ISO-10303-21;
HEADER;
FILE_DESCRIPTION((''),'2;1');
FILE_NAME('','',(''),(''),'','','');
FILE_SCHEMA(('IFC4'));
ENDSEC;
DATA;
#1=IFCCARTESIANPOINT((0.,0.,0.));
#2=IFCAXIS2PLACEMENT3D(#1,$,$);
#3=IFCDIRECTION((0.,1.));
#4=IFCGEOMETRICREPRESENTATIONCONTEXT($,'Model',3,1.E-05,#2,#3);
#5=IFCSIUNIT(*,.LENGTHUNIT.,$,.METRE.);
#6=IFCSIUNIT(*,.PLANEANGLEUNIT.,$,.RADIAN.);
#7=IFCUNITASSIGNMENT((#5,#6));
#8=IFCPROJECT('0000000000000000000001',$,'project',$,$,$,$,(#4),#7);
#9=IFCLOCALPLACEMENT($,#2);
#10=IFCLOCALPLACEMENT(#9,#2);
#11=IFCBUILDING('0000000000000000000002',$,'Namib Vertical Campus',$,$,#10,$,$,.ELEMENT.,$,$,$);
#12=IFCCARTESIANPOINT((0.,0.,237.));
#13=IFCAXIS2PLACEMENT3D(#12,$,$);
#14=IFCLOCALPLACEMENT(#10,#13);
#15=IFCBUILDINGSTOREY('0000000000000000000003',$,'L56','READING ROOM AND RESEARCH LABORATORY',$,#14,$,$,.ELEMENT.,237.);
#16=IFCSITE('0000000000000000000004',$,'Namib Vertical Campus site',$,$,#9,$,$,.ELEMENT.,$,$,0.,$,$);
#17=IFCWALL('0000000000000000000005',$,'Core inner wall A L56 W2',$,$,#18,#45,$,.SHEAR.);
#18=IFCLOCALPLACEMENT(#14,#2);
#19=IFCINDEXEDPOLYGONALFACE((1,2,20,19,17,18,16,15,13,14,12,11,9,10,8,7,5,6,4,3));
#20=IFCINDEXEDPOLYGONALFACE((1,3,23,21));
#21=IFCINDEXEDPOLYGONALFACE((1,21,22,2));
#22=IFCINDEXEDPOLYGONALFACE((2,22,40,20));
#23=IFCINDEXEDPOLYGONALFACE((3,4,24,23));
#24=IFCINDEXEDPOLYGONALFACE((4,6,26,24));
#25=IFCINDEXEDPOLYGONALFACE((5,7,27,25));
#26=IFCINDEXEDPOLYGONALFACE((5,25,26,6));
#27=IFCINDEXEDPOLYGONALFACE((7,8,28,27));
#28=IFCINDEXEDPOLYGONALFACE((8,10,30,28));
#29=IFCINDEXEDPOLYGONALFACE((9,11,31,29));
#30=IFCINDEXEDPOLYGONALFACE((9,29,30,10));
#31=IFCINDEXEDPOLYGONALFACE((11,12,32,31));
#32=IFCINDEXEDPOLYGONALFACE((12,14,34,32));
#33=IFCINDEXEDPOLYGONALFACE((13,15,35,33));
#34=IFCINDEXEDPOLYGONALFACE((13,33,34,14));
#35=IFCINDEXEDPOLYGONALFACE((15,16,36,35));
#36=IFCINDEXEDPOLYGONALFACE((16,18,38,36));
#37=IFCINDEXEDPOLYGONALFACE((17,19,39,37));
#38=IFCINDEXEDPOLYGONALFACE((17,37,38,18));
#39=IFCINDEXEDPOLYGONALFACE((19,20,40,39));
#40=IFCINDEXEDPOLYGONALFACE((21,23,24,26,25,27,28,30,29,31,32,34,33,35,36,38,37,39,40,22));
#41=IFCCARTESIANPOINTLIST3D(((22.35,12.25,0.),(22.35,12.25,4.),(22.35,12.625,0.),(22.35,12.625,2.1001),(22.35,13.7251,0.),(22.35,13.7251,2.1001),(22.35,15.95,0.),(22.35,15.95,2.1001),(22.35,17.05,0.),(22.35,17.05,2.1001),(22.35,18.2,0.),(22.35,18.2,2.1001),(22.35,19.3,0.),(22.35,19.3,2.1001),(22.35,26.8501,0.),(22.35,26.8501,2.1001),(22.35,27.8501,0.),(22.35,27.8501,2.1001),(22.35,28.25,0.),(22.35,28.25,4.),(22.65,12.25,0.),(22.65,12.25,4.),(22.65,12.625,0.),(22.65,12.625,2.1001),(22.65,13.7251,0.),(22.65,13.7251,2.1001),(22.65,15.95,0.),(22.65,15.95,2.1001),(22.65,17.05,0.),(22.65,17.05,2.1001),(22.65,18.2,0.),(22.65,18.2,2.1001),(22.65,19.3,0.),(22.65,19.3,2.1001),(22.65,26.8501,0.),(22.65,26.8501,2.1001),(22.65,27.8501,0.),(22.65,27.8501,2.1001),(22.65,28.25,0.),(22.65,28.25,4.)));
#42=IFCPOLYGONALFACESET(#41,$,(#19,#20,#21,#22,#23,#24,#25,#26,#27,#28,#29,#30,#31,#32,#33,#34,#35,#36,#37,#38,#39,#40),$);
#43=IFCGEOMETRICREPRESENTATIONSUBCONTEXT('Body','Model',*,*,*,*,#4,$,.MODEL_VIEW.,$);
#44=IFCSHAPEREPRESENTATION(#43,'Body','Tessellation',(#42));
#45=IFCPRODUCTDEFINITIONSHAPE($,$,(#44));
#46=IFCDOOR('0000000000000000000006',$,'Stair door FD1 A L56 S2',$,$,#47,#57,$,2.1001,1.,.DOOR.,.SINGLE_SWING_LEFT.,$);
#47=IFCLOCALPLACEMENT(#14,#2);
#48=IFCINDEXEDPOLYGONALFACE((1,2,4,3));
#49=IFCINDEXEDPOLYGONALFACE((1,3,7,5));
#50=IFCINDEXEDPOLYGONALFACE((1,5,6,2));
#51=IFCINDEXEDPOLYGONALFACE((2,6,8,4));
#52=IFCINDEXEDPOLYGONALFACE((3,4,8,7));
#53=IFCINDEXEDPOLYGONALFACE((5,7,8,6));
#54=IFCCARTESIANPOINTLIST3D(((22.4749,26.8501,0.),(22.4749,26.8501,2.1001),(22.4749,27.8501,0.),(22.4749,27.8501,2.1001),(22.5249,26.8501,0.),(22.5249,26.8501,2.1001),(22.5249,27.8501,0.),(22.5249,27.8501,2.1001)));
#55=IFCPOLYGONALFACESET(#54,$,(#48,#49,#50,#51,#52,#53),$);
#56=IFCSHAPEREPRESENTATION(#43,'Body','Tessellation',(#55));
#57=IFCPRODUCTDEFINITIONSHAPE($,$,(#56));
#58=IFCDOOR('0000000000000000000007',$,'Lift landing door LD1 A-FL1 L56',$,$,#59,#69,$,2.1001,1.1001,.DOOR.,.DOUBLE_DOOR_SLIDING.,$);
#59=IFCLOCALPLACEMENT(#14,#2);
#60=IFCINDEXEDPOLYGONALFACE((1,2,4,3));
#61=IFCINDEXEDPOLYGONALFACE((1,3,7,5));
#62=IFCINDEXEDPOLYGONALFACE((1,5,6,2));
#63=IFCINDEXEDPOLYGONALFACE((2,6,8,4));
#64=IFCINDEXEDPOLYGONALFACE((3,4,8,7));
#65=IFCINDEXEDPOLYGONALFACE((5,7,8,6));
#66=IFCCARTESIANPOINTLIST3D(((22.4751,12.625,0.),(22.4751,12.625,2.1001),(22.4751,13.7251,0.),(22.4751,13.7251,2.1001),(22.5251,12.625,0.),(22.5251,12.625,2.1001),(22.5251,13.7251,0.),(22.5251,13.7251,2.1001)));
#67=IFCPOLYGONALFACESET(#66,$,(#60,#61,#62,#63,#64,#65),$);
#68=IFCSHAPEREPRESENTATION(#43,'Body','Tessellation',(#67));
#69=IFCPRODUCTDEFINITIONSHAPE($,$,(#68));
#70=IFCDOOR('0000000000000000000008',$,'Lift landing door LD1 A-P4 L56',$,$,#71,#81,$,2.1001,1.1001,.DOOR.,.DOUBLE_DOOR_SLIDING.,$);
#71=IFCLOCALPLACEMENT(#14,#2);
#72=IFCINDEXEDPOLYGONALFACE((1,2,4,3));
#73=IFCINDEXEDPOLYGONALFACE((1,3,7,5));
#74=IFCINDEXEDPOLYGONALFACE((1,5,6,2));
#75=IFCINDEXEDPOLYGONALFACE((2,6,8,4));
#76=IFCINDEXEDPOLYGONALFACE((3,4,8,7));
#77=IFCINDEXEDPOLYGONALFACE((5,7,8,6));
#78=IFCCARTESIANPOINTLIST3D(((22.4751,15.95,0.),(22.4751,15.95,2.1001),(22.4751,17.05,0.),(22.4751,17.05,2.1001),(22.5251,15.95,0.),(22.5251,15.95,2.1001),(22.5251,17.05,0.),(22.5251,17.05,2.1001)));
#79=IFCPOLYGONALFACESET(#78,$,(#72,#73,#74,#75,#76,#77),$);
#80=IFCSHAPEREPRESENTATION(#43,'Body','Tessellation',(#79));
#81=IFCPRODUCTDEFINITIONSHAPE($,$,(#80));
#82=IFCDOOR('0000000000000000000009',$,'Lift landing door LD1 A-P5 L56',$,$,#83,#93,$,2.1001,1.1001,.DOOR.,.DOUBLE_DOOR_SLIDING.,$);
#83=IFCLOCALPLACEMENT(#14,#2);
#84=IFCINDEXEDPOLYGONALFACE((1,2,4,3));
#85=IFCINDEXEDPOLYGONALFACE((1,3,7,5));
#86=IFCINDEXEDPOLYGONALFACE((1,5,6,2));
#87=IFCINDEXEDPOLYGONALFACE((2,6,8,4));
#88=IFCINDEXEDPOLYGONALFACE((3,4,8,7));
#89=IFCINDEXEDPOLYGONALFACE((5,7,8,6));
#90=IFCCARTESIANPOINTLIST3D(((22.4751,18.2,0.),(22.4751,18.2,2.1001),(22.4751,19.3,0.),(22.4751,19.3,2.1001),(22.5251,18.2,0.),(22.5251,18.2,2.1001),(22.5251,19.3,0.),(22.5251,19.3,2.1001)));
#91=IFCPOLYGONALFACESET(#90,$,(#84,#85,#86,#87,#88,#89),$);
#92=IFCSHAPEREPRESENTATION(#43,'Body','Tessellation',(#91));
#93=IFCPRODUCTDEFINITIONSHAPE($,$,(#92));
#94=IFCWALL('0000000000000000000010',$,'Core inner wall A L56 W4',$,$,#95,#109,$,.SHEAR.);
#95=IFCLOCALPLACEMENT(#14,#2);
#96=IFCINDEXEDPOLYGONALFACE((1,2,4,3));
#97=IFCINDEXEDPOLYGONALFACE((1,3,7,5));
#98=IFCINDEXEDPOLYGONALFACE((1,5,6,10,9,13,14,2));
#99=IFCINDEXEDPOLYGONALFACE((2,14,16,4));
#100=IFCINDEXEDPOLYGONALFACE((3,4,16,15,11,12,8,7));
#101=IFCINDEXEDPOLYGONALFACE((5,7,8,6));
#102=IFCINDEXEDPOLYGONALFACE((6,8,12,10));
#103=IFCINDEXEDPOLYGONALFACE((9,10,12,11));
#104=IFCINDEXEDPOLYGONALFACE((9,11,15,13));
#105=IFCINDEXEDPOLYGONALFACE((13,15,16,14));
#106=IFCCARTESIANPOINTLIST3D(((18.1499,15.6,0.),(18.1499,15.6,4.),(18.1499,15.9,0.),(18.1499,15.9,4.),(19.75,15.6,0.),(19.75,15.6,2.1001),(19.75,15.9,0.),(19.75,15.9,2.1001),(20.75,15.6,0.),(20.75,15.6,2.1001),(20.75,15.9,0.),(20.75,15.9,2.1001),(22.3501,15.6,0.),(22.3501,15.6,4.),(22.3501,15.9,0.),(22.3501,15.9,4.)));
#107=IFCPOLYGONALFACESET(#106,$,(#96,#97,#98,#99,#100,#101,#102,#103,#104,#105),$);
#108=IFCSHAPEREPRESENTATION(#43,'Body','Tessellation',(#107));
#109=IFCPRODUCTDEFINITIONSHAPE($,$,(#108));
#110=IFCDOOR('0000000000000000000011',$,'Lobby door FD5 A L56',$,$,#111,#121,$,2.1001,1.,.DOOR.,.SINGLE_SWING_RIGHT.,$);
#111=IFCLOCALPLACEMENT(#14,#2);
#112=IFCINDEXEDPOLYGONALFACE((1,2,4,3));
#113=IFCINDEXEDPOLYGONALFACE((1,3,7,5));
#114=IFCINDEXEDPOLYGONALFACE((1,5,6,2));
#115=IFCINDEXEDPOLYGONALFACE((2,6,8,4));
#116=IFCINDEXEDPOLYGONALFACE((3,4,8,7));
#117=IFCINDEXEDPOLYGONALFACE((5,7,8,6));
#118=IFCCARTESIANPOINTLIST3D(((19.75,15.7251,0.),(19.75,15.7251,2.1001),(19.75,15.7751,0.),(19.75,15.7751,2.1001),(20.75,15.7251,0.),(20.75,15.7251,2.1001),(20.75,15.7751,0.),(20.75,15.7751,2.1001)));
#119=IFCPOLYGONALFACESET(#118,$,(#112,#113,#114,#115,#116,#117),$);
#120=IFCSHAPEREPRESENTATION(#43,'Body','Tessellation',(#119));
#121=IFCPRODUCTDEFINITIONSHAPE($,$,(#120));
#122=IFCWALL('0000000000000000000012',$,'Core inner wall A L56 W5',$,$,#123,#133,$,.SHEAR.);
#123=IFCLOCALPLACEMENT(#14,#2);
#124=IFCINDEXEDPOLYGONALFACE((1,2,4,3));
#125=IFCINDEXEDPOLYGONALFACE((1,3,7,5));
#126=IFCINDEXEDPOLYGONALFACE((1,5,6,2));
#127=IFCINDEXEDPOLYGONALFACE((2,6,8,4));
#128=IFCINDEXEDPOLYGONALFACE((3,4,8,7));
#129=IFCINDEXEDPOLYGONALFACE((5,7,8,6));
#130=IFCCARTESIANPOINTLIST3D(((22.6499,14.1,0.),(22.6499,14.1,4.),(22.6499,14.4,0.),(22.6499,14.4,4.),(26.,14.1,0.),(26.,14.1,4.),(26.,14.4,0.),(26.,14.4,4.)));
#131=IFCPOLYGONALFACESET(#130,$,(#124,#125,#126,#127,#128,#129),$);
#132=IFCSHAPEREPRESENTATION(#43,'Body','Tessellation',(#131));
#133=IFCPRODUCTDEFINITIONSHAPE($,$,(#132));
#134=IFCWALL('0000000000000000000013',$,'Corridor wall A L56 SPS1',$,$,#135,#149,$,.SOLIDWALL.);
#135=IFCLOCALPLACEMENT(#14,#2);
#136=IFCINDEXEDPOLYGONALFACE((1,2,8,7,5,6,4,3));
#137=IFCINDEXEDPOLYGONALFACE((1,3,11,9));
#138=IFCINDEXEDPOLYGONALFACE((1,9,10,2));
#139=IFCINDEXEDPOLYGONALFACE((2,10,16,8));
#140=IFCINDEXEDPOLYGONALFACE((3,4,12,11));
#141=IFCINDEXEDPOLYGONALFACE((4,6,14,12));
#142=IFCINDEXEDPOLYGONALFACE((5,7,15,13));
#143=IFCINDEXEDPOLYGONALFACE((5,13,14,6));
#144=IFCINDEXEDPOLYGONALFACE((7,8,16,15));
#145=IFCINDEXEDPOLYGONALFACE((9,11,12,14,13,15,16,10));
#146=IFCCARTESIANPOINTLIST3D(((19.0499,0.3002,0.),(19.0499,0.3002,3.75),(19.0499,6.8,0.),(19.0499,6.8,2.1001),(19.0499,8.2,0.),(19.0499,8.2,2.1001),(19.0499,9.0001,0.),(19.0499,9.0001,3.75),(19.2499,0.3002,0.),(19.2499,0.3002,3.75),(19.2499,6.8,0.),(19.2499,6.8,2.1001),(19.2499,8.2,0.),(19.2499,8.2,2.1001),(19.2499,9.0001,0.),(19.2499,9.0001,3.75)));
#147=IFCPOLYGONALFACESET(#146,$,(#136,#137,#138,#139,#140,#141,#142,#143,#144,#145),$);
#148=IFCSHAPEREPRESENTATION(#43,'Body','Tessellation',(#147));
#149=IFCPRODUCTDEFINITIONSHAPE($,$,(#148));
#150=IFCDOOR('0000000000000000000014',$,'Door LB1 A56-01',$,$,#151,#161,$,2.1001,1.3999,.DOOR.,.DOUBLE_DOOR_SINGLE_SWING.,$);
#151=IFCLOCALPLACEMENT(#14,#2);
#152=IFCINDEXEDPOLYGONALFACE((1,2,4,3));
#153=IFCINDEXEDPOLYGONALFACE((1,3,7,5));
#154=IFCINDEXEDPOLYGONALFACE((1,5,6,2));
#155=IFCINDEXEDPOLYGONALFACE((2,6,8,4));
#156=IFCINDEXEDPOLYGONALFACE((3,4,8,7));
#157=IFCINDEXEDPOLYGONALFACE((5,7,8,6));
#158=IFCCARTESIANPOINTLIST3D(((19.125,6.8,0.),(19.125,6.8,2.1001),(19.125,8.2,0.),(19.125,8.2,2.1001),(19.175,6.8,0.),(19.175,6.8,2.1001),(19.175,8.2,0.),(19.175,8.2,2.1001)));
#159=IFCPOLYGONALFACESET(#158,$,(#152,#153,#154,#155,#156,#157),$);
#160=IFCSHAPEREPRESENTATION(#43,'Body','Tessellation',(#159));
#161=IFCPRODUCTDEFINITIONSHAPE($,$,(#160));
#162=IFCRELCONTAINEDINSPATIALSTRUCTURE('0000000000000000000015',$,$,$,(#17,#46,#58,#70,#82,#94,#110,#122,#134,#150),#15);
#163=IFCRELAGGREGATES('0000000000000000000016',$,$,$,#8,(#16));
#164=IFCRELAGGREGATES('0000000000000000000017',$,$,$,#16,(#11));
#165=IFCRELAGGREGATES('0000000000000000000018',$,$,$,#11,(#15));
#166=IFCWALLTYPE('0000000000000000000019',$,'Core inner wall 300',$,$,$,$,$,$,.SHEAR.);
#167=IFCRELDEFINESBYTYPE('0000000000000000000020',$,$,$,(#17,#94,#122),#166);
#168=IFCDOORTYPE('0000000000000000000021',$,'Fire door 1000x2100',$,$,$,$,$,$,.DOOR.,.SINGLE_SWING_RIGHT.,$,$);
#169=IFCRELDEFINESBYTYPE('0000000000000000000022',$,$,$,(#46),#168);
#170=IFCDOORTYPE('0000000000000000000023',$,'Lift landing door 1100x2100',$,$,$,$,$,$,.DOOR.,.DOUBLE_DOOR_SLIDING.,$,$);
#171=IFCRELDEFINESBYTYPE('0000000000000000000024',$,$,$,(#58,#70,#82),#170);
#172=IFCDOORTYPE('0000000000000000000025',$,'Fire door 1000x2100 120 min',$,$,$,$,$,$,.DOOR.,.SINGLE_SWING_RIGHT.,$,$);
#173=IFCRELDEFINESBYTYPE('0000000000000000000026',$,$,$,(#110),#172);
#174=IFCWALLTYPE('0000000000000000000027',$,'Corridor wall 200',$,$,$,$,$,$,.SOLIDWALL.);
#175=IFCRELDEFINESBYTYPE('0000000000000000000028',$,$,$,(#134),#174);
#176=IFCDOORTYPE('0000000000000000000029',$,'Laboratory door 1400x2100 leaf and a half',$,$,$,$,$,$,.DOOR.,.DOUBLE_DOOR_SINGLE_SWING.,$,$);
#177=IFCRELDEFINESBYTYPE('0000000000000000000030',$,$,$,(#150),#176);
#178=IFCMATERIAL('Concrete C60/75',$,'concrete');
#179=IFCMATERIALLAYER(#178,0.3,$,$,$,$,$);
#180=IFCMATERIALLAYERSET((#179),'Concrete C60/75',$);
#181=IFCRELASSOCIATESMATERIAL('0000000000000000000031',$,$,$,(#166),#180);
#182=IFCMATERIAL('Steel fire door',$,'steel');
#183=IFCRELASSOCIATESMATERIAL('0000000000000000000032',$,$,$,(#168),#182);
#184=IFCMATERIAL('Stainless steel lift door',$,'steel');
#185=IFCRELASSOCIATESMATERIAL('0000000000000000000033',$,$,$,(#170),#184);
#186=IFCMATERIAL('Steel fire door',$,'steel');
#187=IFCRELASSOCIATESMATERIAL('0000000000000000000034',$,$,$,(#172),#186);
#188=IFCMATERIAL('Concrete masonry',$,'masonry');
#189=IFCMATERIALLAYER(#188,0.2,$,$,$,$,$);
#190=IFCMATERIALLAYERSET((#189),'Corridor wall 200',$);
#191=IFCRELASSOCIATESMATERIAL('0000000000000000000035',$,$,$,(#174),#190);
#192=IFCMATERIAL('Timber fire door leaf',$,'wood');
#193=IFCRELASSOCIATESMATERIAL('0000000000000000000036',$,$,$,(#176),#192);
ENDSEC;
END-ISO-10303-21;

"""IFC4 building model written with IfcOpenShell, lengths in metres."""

from ifc_helpers import new_model, si_unit, direction, frame, frame_2d, origin, place, context, subcontext, project, spatial, rectangle, extrude, material, layer, layer_set, type_object, element, fill, save


model = new_model("IFC4")

# Units and contexts
model_context = context("Model", 3, precision=1e-05, world=origin(), true_north=direction((0.0, 1.0)))
body_context = subcontext(model_context, "Body", "Model", "MODEL_VIEW")
ifc_project = project(units=[si_unit("LENGTHUNIT", "METRE"), si_unit("PLANEANGLEUNIT", "RADIAN")], contexts=[model_context])

# Site, building, storey
site_placement = place(None, origin())
site = spatial("IfcSite", under=ifc_project, at=site_placement, Name="Namib Vertical Campus site", CompositionType="ELEMENT", RefElevation=0.0)
building_placement = place(site_placement, origin())
building = spatial("IfcBuilding", under=site, at=building_placement, Name="Namib Vertical Campus", CompositionType="ELEMENT")
storey_placement = place(building_placement, frame((0.0, 0.0, 237.0)))
storey = spatial("IfcBuildingStorey", under=building, at=storey_placement, Name="L56", Description="READING ROOM AND RESEARCH LABORATORY", CompositionType="ELEMENT", Elevation=237.0)

# Wall, openings, doors
ifc_material_1 = material(Name="Concrete C60/75", Category="concrete")
ifc_layer_1 = layer(ifc_material_1, 0.3)
ifc_layer_set_1 = layer_set([ifc_layer_1], Name="Concrete C60/75")
wall_type_1 = type_object("IfcWallType", Name="Core inner wall 300", PredefinedType="SHEAR", material=ifc_layer_set_1)
ifc_material_2 = material(Name="Steel fire door", Category="steel")
door_type_1 = type_object("IfcDoorType", Name="Fire door 1000x2100", OperationType="SINGLE_SWING_RIGHT", PredefinedType="DOOR", material=ifc_material_2)
ifc_material_3 = material(Name="Stainless steel lift door", Category="steel")
door_type_2 = type_object("IfcDoorType", Name="Lift landing door 1100x2100", OperationType="DOUBLE_DOOR_SLIDING", PredefinedType="DOOR", material=ifc_material_3)
wall_1_placement = place(storey_placement, frame((22.5, 12.25, 0.0), z_axis=(0.0, 0.0, 1.0), x_axis=(0.0, 1.0, 0.0)))
wall_1 = element("IfcWall", 1, at=wall_1_placement, inside=storey, type_object=wall_type_1, Name="Core inner wall A L56 W2", PredefinedType="SHEAR", context=body_context, shape_type="SweptSolid", body=[
    extrude(rectangle(XDim=16.0, YDim=0.3, at=frame_2d((8.0, 0.0))), origin(), (0.0, 0.0, 1.0), 4.0),
])
opening_1_placement = place(wall_1_placement, frame((14.6001, 0.0, 0.0)))
opening_1 = element("IfcOpeningElement", 2, at=opening_1_placement, cuts=wall_1, PredefinedType="OPENING", context=body_context, shape_type="SweptSolid", body=[
    extrude(rectangle(XDim=1.0, YDim=2.1001, at=frame_2d((0.5, 1.05))), frame((0.0, 0.1599, 0.0), z_axis=(0.0, -1.0, 0.0), x_axis=(1.0, 0.0, 0.0)), (0.0, 0.0, 1.0), 0.3201),
])
opening_2_placement = place(wall_1_placement, frame((0.375, 0.0, 0.0)))
opening_2 = element("IfcOpeningElement", 3, at=opening_2_placement, cuts=wall_1, PredefinedType="OPENING", context=body_context, shape_type="SweptSolid", body=[
    extrude(rectangle(XDim=1.1001, YDim=2.1001, at=frame_2d((0.55, 1.05))), frame((0.0, 0.1599, 0.0), z_axis=(0.0, -1.0, 0.0), x_axis=(1.0, 0.0, 0.0)), (0.0, 0.0, 1.0), 0.3201),
])
opening_3_placement = place(wall_1_placement, frame((3.7, 0.0, 0.0)))
opening_3 = element("IfcOpeningElement", 4, at=opening_3_placement, cuts=wall_1, PredefinedType="OPENING", context=body_context, shape_type="SweptSolid", body=[
    extrude(rectangle(XDim=1.1001, YDim=2.1001, at=frame_2d((0.55, 1.05))), frame((0.0, 0.1599, 0.0), z_axis=(0.0, -1.0, 0.0), x_axis=(1.0, 0.0, 0.0)), (0.0, 0.0, 1.0), 0.3201),
])
opening_4_placement = place(wall_1_placement, frame((5.95, 0.0, 0.0)))
opening_4 = element("IfcOpeningElement", 5, at=opening_4_placement, cuts=wall_1, PredefinedType="OPENING", context=body_context, shape_type="SweptSolid", body=[
    extrude(rectangle(XDim=1.1001, YDim=2.1001, at=frame_2d((0.55, 1.05))), frame((0.0, 0.1599, 0.0), z_axis=(0.0, -1.0, 0.0), x_axis=(1.0, 0.0, 0.0)), (0.0, 0.0, 1.0), 0.3201),
])
door_1_placement = place(opening_1_placement, frame((1.0, 0.0, 0.0), z_axis=(0.0, 0.0, 1.0), x_axis=(-1.0, 0.0, 0.0)))
door_1 = element("IfcDoor", 6, at=door_1_placement, inside=storey, type_object=door_type_1, Name="Stair door FD1 A L56 S2", OperationType="SINGLE_SWING_LEFT", OverallHeight=2.1001, OverallWidth=1.0, PredefinedType="DOOR", context=body_context, shape_type="SweptSolid", body=[
    extrude(rectangle(XDim=1.0, YDim=2.1001, at=frame_2d((0.5, 1.05))), frame((0.0, 0.0249, 0.0), z_axis=(0.0, -1.0, 0.0), x_axis=(1.0, 0.0, 0.0)), (0.0, 0.0, 1.0), 0.05),
])
fill(opening_1, door_1)
door_2_placement = place(opening_2_placement, origin())
door_2 = element("IfcDoor", 7, at=door_2_placement, inside=storey, type_object=door_type_2, Name="Lift landing door LD1 A-FL1 L56", OperationType="DOUBLE_DOOR_SLIDING", OverallHeight=2.1001, OverallWidth=1.1001, PredefinedType="DOOR", context=body_context, shape_type="SweptSolid", body=[
    extrude(rectangle(XDim=1.1001, YDim=2.1001, at=frame_2d((0.55, 1.05))), frame((0.0, 0.0249, 0.0), z_axis=(0.0, -1.0, 0.0), x_axis=(1.0, 0.0, 0.0)), (0.0, 0.0, 1.0), 0.05),
])
fill(opening_2, door_2)
door_3_placement = place(opening_3_placement, origin())
door_3 = element("IfcDoor", 8, at=door_3_placement, inside=storey, type_object=door_type_2, Name="Lift landing door LD1 A-P4 L56", OperationType="DOUBLE_DOOR_SLIDING", OverallHeight=2.1001, OverallWidth=1.1001, PredefinedType="DOOR", context=body_context, shape_type="SweptSolid", body=[
    extrude(rectangle(XDim=1.1001, YDim=2.1001, at=frame_2d((0.55, 1.05))), frame((0.0, 0.0249, 0.0), z_axis=(0.0, -1.0, 0.0), x_axis=(1.0, 0.0, 0.0)), (0.0, 0.0, 1.0), 0.05),
])
fill(opening_3, door_3)
door_4_placement = place(opening_4_placement, origin())
door_4 = element("IfcDoor", 9, at=door_4_placement, inside=storey, type_object=door_type_2, Name="Lift landing door LD1 A-P5 L56", OperationType="DOUBLE_DOOR_SLIDING", OverallHeight=2.1001, OverallWidth=1.1001, PredefinedType="DOOR", context=body_context, shape_type="SweptSolid", body=[
    extrude(rectangle(XDim=1.1001, YDim=2.1001, at=frame_2d((0.55, 1.05))), frame((0.0, 0.0249, 0.0), z_axis=(0.0, -1.0, 0.0), x_axis=(1.0, 0.0, 0.0)), (0.0, 0.0, 1.0), 0.05),
])
fill(opening_4, door_4)

# Wall, opening, door
wall_2_placement = place(storey_placement, frame((18.1499, 15.75, 0.0), z_axis=(0.0, 0.0, 1.0), x_axis=(1.0, 0.0, 0.0)))
wall_2 = element("IfcWall", 10, at=wall_2_placement, inside=storey, type_object=wall_type_1, Name="Core inner wall A L56 W4", PredefinedType="SHEAR", context=body_context, shape_type="SweptSolid", body=[
    extrude(rectangle(XDim=4.2002, YDim=0.3, at=frame_2d((2.1001, 0.0))), origin(), (0.0, 0.0, 1.0), 4.0),
])
opening_5_placement = place(wall_2_placement, frame((1.6001, 0.0, 0.0)))
opening_5 = element("IfcOpeningElement", 11, at=opening_5_placement, cuts=wall_2, PredefinedType="OPENING", context=body_context, shape_type="SweptSolid", body=[
    extrude(rectangle(XDim=1.0, YDim=2.1001, at=frame_2d((0.5, 1.05))), frame((0.0, 0.1599, 0.0), z_axis=(0.0, -1.0, 0.0), x_axis=(1.0, 0.0, 0.0)), (0.0, 0.0, 1.0), 0.3201),
])
ifc_material_4 = material(Name="Steel fire door", Category="steel")
door_type_3 = type_object("IfcDoorType", Name="Fire door 1000x2100 120 min", OperationType="SINGLE_SWING_RIGHT", PredefinedType="DOOR", material=ifc_material_4)
door_5_placement = place(opening_5_placement, frame((1.0, 0.0, 0.0), z_axis=(0.0, 0.0, 1.0), x_axis=(-1.0, 0.0, 0.0)))
door_5 = element("IfcDoor", 12, at=door_5_placement, inside=storey, type_object=door_type_3, Name="Lobby door FD5 A L56", OperationType="SINGLE_SWING_RIGHT", OverallHeight=2.1001, OverallWidth=1.0, PredefinedType="DOOR", context=body_context, shape_type="SweptSolid", body=[
    extrude(rectangle(XDim=1.0, YDim=2.1001, at=frame_2d((0.5, 1.05))), frame((0.0, 0.0249, 0.0), z_axis=(0.0, -1.0, 0.0), x_axis=(1.0, 0.0, 0.0)), (0.0, 0.0, 1.0), 0.05),
])
fill(opening_5, door_5)

# Wall
wall_3_placement = place(storey_placement, frame((22.6499, 14.25, 0.0), z_axis=(0.0, 0.0, 1.0), x_axis=(1.0, 0.0, 0.0)))
element("IfcWall", 13, at=wall_3_placement, inside=storey, type_object=wall_type_1, Name="Core inner wall A L56 W5", PredefinedType="SHEAR", context=body_context, shape_type="SweptSolid", body=[
    extrude(rectangle(XDim=3.3501, YDim=0.3, at=frame_2d((1.675, 0.0))), origin(), (0.0, 0.0, 1.0), 4.0),
])

# Wall, opening, door
ifc_material_5 = material(Name="Concrete masonry", Category="masonry")
ifc_layer_2 = layer(ifc_material_5, 0.2)
ifc_layer_set_2 = layer_set([ifc_layer_2], Name="Corridor wall 200")
wall_type_2 = type_object("IfcWallType", Name="Corridor wall 200", PredefinedType="SOLIDWALL", material=ifc_layer_set_2)
wall_4_placement = place(storey_placement, frame((19.1499, 0.3, 0.0), z_axis=(0.0, 0.0, 1.0), x_axis=(0.0, 1.0, 0.0)))
wall_4 = element("IfcWall", 14, at=wall_4_placement, inside=storey, type_object=wall_type_2, Name="Corridor wall A L56 SPS1", PredefinedType="SOLIDWALL", context=body_context, shape_type="SweptSolid", body=[
    extrude(rectangle(XDim=8.7, YDim=0.2, at=frame_2d((4.3501, 0.0))), origin(), (0.0, 0.0, 1.0), 3.75),
])
opening_6_placement = place(wall_4_placement, frame((6.5, 0.0, 0.0)))
opening_6 = element("IfcOpeningElement", 15, at=opening_6_placement, cuts=wall_4, PredefinedType="OPENING", context=body_context, shape_type="SweptSolid", body=[
    extrude(rectangle(XDim=1.3999, YDim=2.1001, at=frame_2d((0.7, 1.05))), frame((0.0, 0.1099, 0.0), z_axis=(0.0, -1.0, 0.0), x_axis=(1.0, 0.0, 0.0)), (0.0, 0.0, 1.0), 0.22),
])
ifc_material_6 = material(Name="Timber fire door leaf", Category="wood")
door_type_4 = type_object("IfcDoorType", Name="Laboratory door 1400x2100 leaf and a half", OperationType="DOUBLE_DOOR_SINGLE_SWING", PredefinedType="DOOR", material=ifc_material_6)
door_6_placement = place(opening_6_placement, origin())
door_6 = element("IfcDoor", 16, at=door_6_placement, inside=storey, type_object=door_type_4, Name="Door LB1 A56-01", OperationType="DOUBLE_DOOR_SINGLE_SWING", OverallHeight=2.1001, OverallWidth=1.3999, PredefinedType="DOOR", context=body_context, shape_type="SweptSolid", body=[
    extrude(rectangle(XDim=1.3999, YDim=2.1001, at=frame_2d((0.7, 1.05))), frame((0.0, 0.0249, 0.0), z_axis=(0.0, -1.0, 0.0), x_axis=(1.0, 0.0, 0.0)), (0.0, 0.0, 1.0), 0.05),
])
fill(opening_6, door_6)

save(model, "model.ifc")
